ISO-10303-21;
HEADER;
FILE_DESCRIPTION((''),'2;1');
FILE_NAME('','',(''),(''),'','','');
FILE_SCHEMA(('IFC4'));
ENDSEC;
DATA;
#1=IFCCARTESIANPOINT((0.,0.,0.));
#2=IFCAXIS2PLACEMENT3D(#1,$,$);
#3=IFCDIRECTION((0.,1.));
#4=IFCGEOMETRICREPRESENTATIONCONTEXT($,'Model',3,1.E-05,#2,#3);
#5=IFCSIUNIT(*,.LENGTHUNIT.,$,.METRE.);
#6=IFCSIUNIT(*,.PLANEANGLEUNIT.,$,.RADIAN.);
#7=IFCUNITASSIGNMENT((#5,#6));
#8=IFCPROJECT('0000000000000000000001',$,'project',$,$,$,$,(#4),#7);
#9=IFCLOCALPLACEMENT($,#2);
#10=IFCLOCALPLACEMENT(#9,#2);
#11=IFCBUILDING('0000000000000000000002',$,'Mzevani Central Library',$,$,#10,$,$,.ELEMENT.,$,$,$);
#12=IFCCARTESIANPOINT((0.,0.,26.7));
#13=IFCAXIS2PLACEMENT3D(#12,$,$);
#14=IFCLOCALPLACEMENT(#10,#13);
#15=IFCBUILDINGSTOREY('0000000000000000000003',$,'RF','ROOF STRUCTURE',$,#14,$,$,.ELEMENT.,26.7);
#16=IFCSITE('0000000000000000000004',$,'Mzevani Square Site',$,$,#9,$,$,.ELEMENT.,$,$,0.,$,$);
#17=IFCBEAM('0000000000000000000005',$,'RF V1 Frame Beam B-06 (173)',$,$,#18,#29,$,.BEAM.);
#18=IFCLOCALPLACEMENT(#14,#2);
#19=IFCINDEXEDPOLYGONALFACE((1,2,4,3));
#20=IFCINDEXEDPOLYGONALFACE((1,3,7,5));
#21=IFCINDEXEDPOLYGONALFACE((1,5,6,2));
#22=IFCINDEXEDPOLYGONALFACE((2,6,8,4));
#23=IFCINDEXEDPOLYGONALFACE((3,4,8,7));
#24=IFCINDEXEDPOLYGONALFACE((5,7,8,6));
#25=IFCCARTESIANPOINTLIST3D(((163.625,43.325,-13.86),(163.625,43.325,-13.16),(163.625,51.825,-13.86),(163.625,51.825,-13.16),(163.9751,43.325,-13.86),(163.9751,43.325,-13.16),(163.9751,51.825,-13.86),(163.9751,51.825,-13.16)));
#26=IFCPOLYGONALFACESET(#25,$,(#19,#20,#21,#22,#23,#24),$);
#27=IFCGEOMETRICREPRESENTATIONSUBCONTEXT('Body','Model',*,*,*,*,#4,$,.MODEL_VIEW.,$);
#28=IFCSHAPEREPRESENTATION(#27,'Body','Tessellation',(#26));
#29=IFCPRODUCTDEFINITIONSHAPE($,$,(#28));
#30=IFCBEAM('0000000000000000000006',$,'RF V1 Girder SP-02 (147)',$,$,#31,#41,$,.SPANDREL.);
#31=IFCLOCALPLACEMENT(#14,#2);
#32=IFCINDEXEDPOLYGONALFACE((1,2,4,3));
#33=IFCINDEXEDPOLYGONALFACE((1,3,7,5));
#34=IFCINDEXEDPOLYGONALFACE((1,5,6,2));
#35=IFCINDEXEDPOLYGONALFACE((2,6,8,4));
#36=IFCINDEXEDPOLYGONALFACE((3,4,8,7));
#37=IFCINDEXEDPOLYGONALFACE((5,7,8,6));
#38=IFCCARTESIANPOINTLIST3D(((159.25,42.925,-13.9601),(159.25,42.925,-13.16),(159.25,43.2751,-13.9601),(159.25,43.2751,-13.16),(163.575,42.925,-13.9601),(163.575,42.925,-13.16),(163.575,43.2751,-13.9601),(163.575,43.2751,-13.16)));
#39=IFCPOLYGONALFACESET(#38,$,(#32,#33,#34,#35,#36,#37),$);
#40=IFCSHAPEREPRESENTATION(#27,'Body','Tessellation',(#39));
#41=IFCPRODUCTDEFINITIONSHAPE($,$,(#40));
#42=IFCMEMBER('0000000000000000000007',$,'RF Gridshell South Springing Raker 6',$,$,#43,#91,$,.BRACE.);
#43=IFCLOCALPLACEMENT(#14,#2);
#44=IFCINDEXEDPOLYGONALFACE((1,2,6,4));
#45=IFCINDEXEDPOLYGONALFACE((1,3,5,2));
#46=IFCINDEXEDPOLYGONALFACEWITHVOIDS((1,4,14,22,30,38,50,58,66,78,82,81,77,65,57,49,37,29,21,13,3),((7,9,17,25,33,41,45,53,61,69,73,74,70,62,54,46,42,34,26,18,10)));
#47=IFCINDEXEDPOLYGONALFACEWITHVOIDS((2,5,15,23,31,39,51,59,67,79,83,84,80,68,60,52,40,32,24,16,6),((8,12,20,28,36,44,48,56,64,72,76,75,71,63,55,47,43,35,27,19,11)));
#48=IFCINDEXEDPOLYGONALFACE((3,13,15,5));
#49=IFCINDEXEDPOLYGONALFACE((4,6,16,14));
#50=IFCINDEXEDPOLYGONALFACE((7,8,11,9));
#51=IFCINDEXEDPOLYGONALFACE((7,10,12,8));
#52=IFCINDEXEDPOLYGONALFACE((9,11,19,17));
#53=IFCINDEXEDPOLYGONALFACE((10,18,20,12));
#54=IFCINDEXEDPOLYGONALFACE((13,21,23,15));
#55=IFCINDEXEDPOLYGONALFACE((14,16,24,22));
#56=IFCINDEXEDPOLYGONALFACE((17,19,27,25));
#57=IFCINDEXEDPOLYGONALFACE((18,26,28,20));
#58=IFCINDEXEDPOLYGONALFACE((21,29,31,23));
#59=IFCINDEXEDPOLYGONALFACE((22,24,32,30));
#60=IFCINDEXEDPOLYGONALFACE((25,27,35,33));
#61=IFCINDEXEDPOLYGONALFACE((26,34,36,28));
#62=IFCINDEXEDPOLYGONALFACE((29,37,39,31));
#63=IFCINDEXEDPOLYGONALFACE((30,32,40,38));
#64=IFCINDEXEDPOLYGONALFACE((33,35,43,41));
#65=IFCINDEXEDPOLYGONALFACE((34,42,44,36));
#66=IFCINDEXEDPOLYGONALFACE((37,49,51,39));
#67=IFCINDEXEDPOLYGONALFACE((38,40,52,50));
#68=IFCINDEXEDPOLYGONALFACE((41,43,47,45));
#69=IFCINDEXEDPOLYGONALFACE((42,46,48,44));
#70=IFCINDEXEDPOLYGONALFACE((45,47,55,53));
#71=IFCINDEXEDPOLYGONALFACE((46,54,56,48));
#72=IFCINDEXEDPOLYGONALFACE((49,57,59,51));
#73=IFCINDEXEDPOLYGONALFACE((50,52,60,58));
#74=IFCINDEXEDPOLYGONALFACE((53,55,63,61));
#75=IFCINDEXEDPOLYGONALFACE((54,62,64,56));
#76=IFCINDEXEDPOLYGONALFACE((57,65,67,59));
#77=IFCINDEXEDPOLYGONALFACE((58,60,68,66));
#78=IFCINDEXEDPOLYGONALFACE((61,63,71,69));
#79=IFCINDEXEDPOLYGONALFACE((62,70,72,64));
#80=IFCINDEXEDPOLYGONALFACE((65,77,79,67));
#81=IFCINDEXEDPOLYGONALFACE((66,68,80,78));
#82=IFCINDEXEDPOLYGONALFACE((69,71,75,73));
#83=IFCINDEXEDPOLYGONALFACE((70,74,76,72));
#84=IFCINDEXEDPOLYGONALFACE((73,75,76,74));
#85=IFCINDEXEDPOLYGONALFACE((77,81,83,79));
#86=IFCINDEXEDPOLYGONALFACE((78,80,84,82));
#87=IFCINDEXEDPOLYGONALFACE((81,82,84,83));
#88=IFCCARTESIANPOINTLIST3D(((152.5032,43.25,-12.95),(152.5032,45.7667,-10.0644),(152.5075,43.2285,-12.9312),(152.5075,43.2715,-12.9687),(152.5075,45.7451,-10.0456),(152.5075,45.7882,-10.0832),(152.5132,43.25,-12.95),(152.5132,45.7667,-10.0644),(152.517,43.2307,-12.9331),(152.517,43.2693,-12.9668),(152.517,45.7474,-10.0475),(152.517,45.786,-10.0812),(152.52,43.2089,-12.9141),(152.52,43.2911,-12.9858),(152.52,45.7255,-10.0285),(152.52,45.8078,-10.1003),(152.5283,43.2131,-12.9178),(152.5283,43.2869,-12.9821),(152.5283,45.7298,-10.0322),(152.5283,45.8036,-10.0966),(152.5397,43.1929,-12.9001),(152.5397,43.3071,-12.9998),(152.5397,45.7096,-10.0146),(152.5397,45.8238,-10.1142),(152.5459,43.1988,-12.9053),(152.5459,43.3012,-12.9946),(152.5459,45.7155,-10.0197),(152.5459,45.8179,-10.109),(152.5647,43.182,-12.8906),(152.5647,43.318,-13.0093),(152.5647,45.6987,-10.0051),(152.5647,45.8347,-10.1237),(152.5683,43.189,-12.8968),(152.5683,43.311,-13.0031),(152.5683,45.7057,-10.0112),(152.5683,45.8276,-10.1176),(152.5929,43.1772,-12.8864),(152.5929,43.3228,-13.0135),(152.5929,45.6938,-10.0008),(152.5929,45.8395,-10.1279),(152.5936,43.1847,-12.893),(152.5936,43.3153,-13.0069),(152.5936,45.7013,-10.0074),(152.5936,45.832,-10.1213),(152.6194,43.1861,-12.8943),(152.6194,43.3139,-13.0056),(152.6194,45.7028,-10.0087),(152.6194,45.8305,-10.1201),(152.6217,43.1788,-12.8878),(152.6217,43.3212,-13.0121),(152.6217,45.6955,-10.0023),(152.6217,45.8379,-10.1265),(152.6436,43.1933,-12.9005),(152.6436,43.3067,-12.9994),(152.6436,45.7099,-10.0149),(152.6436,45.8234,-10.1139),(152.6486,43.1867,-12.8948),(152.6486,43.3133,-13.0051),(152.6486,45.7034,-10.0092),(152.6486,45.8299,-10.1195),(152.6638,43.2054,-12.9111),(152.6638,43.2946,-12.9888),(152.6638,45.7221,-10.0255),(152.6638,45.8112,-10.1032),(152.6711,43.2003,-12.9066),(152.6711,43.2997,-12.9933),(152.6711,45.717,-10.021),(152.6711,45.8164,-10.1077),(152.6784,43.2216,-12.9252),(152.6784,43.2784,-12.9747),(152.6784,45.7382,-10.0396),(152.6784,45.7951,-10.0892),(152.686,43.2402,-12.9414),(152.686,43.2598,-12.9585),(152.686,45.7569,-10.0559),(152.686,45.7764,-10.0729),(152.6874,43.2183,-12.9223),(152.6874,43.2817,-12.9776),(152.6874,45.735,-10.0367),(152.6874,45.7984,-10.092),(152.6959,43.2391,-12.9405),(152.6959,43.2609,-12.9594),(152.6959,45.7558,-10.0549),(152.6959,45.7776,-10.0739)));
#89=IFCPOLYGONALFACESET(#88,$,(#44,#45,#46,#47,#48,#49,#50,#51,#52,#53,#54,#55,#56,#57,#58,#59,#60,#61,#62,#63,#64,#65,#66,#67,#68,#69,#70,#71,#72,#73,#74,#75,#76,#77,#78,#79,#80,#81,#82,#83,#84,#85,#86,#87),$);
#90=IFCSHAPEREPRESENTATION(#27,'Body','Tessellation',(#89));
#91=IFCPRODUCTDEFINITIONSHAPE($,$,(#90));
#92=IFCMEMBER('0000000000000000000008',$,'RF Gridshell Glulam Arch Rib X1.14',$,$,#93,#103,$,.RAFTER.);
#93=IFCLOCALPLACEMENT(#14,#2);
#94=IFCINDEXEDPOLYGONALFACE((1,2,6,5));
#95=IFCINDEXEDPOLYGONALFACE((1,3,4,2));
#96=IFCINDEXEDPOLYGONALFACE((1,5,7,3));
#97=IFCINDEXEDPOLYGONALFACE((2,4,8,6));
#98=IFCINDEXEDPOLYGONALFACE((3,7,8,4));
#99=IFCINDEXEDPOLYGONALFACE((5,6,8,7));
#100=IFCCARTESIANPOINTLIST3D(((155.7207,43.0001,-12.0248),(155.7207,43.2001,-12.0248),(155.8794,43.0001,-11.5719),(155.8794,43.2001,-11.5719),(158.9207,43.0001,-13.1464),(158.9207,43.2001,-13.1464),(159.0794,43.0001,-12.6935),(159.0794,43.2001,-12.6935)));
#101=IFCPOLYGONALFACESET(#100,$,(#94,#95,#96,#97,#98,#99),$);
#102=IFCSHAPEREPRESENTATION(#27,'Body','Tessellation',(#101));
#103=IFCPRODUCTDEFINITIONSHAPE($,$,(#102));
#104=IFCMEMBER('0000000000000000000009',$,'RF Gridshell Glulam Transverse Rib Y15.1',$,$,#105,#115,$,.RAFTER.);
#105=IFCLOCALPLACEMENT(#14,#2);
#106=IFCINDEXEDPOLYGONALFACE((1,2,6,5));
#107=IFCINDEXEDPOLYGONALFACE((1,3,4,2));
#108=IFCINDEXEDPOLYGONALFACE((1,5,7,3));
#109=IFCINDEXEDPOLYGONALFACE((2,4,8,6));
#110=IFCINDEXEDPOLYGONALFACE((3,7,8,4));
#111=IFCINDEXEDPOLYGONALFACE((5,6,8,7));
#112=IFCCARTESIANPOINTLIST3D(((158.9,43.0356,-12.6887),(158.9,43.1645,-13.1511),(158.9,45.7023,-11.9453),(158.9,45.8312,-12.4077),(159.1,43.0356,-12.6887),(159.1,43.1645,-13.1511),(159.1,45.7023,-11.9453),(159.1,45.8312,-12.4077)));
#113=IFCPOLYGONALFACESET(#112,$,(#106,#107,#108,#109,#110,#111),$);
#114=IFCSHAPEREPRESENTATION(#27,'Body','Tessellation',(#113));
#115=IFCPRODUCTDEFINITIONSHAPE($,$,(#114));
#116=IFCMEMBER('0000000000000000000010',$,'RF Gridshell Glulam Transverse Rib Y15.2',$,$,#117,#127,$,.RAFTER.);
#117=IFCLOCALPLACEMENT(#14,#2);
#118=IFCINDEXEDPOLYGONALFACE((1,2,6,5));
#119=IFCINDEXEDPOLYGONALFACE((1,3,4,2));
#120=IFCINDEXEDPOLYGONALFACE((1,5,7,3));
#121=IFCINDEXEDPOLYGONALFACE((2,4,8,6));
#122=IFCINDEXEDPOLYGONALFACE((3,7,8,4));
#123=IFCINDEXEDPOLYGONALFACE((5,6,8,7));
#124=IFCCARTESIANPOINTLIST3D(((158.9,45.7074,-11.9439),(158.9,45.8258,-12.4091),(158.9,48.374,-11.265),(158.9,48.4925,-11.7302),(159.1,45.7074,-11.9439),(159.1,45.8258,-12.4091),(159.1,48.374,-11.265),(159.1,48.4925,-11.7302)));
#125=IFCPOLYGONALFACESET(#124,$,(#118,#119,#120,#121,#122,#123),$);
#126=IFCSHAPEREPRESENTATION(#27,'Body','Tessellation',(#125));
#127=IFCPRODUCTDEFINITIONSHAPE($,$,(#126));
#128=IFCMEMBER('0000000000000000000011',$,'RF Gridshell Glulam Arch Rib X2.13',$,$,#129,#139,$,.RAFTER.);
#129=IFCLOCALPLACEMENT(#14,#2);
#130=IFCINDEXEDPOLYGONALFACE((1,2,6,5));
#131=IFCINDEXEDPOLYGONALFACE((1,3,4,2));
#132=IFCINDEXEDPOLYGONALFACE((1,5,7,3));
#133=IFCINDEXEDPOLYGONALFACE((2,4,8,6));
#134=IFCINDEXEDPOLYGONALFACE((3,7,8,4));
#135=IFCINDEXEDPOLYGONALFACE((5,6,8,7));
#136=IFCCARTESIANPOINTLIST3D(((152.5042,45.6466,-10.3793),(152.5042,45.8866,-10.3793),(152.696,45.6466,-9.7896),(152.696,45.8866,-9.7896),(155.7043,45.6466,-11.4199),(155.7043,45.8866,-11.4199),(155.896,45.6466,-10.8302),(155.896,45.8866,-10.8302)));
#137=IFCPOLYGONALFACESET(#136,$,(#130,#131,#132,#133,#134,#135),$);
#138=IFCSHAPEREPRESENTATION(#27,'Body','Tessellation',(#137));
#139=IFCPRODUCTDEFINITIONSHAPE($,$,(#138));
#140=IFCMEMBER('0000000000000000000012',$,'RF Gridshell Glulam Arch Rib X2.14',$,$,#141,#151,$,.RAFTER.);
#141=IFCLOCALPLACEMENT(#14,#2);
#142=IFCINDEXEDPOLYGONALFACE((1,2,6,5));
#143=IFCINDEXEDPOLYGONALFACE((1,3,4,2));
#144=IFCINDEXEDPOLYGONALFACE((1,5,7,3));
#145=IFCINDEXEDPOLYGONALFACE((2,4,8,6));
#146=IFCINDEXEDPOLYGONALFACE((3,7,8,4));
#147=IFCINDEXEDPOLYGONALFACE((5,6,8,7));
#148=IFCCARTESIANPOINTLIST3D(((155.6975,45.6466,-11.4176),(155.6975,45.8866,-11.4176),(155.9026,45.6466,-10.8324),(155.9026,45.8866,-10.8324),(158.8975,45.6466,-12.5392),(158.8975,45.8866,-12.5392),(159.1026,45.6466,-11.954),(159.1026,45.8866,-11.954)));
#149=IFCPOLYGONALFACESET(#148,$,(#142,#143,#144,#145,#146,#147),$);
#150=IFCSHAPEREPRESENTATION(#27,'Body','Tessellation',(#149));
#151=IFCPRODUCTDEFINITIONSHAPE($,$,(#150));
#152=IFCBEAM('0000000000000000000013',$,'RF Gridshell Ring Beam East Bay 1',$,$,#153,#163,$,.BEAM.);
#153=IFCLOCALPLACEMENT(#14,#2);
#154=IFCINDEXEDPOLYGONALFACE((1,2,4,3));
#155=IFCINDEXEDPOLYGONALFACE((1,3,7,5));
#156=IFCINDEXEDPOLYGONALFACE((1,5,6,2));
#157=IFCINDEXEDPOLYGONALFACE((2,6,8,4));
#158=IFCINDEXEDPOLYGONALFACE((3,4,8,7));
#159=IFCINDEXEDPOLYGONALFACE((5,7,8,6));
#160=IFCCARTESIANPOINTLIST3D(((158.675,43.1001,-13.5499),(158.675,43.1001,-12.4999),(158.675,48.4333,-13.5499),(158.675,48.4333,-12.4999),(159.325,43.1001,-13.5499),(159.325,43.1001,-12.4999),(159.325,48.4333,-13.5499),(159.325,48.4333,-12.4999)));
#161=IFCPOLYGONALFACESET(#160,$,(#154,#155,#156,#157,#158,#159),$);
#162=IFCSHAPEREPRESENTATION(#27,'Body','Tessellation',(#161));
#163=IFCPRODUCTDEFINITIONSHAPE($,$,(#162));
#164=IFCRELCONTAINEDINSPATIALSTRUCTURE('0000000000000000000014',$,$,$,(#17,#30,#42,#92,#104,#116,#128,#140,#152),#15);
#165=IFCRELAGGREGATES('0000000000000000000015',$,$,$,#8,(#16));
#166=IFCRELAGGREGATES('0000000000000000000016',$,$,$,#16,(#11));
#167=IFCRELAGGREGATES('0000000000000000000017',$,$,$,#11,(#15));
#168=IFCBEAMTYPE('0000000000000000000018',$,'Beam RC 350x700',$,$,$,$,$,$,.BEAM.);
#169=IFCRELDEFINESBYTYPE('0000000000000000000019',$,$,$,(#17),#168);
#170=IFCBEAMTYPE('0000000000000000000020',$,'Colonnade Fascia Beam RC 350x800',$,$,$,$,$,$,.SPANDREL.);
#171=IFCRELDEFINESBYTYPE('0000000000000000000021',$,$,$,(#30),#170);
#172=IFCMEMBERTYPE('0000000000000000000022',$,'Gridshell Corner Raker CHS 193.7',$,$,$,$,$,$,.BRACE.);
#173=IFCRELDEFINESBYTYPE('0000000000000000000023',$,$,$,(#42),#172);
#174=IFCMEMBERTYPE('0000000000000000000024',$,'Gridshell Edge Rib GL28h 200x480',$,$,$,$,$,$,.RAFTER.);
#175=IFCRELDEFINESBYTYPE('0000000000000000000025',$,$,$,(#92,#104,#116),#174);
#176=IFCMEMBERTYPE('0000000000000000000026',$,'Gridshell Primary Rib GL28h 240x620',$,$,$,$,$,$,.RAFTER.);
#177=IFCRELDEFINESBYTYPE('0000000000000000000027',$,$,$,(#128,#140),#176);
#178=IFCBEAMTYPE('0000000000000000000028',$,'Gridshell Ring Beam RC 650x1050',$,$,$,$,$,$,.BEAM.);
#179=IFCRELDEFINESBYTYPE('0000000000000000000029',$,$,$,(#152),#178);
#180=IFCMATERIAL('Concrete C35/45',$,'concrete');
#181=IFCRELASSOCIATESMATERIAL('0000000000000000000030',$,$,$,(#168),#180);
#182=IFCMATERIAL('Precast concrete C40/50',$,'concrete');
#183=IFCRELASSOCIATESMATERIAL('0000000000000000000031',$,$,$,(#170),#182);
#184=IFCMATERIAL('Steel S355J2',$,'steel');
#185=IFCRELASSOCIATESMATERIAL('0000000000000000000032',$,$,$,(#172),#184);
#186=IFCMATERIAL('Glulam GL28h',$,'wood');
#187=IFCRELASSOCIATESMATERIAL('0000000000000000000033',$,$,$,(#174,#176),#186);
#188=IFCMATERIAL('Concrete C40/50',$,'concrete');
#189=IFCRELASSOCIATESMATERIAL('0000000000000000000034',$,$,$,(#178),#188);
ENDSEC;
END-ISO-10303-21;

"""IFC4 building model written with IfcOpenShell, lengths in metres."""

from ifc_helpers import new_model, si_unit, direction, frame, origin, origin_2d, place, context, subcontext, project, spatial, rectangle, hollow_circle, extrude, material, material_profile, profile_set, type_object, element, save


model = new_model("IFC4")

# Units and contexts
model_context = context("Model", 3, precision=1e-05, world=origin(), true_north=direction((0.0, 1.0)))
body_context = subcontext(model_context, "Body", "Model", "MODEL_VIEW")
ifc_project = project(units=[si_unit("LENGTHUNIT", "METRE"), si_unit("PLANEANGLEUNIT", "RADIAN")], contexts=[model_context])

# Site, building, storey
site_placement = place(None, origin())
site = spatial("IfcSite", under=ifc_project, at=site_placement, Name="Mzevani Square Site", CompositionType="ELEMENT", RefElevation=0.0)
building_placement = place(site_placement, origin())
building = spatial("IfcBuilding", under=site, at=building_placement, Name="Mzevani Central Library", CompositionType="ELEMENT")
storey_placement = place(building_placement, frame((0.0, 0.0, 26.7)))
storey = spatial("IfcBuildingStorey", under=building, at=storey_placement, Name="RF", Description="ROOF STRUCTURE", CompositionType="ELEMENT", Elevation=26.7)

# Beams
ifc_material_1 = material(Name="Concrete C35/45", Category="concrete")
ifc_material_profile_1 = material_profile(ifc_material_1, rectangle(XDim=0.3501, YDim=0.7, at=origin_2d()), Name="RC B350x700")
ifc_profile_set_1 = profile_set([ifc_material_profile_1], Name="Concrete C35/45")
beam_type_1 = type_object("IfcBeamType", Name="Beam RC 350x700", PredefinedType="BEAM", material=ifc_profile_set_1)
beam_1_placement = place(storey_placement, frame((163.8, 43.325, -13.51), z_axis=(0.0, 1.0, 0.0), x_axis=(-1.0, 0.0, 0.0)))
element("IfcBeam", 1, at=beam_1_placement, inside=storey, type_object=beam_type_1, Name="RF V1 Frame Beam B-06 (173)", PredefinedType="BEAM", context=body_context, shape_type="SweptSolid", body=[
    extrude(rectangle(XDim=0.3501, YDim=0.7, at=origin_2d()), origin(), (0.0, 0.0, 1.0), 8.5),
])
ifc_material_2 = material(Name="Precast concrete C40/50", Category="concrete")
ifc_material_profile_2 = material_profile(ifc_material_2, rectangle(XDim=0.3501, YDim=0.8, at=origin_2d()), Name="RC SP350x800")
ifc_profile_set_2 = profile_set([ifc_material_profile_2], Name="Precast concrete C40/50")
beam_type_2 = type_object("IfcBeamType", Name="Colonnade Fascia Beam RC 350x800", PredefinedType="SPANDREL", material=ifc_profile_set_2)
beam_2_placement = place(storey_placement, frame((159.25, 43.1001, -13.5601), z_axis=(1.0, 0.0, 0.0), x_axis=(0.0, 1.0, 0.0)))
element("IfcBeam", 2, at=beam_2_placement, inside=storey, type_object=beam_type_2, Name="RF V1 Girder SP-02 (147)", PredefinedType="SPANDREL", context=body_context, shape_type="SweptSolid", body=[
    extrude(rectangle(XDim=0.3501, YDim=0.8, at=origin_2d()), origin(), (0.0, 0.0, 1.0), 4.325),
])

# Members
ifc_material_3 = material(Name="Steel S355J2", Category="steel")
ifc_material_profile_3 = material_profile(ifc_material_3, hollow_circle(Radius=0.0969, WallThickness=0.01, at=origin_2d()), Name="CHS 193.7x10.0")
ifc_profile_set_3 = profile_set([ifc_material_profile_3], Name="Steel S355J2")
member_type_1 = type_object("IfcMemberType", Name="Gridshell Corner Raker CHS 193.7", PredefinedType="BRACE", material=ifc_profile_set_3)
member_1_placement = place(storey_placement, frame((152.6001, 43.25, -12.95), z_axis=(0.0, 0.657289, 0.753638), x_axis=(-1.0, 0.0, 0.0)))
element("IfcMember", 3, at=member_1_placement, inside=storey, type_object=member_type_1, Name="RF Gridshell South Springing Raker 6", PredefinedType="BRACE", context=body_context, shape_type="SweptSolid", body=[
    extrude(hollow_circle(Radius=0.0969, WallThickness=0.01, at=origin_2d()), origin(), (0.0, 0.0, 1.0), 3.8289),
])
ifc_material_4 = material(Name="Glulam GL28h", Category="wood")
ifc_material_profile_4 = material_profile(ifc_material_4, rectangle(XDim=0.2, YDim=0.48, at=origin_2d()), Name="GL28h 200x480")
ifc_profile_set_4 = profile_set([ifc_material_profile_4], Name="Glulam GL28h")
member_type_2 = type_object("IfcMemberType", Name="Gridshell Edge Rib GL28h 200x480", PredefinedType="RAFTER", material=ifc_profile_set_4)
member_2_placement = place(storey_placement, frame((155.8, 43.1001, -11.7983), z_axis=(0.943711, 0.0, -0.330771), x_axis=(0.0, 1.0, 0.0)))
element("IfcMember", 4, at=member_2_placement, inside=storey, type_object=member_type_2, Name="RF Gridshell Glulam Arch Rib X1.14", PredefinedType="RAFTER", context=body_context, shape_type="SweptSolid", body=[
    extrude(rectangle(XDim=0.2, YDim=0.48, at=origin_2d()), origin(), (0.0, 0.0, 1.0), 3.3909),
])
member_3_placement = place(storey_placement, frame((159.0, 43.1001, -12.9199), z_axis=(0.0, 0.963265, 0.268553), x_axis=(-1.0, 0.0, 0.0)))
element("IfcMember", 5, at=member_3_placement, inside=storey, type_object=member_type_2, Name="RF Gridshell Glulam Transverse Rib Y15.1", PredefinedType="RAFTER", context=body_context, shape_type="SweptSolid", body=[
    extrude(rectangle(XDim=0.2, YDim=0.48, at=origin_2d()), origin(), (0.0, 0.0, 1.0), 2.7683),
])
member_4_placement = place(storey_placement, frame((159.0, 45.7666, -12.1765), z_axis=(0.0, 0.969084, 0.246729), x_axis=(-1.0, 0.0, 0.0)))
element("IfcMember", 6, at=member_4_placement, inside=storey, type_object=member_type_2, Name="RF Gridshell Glulam Transverse Rib Y15.2", PredefinedType="RAFTER", context=body_context, shape_type="SweptSolid", body=[
    extrude(rectangle(XDim=0.2, YDim=0.48, at=origin_2d()), origin(), (0.0, 0.0, 1.0), 2.7517),
])
ifc_material_profile_5 = material_profile(ifc_material_4, rectangle(XDim=0.24, YDim=0.6201, at=origin_2d()), Name="GL28h 240x620")
ifc_profile_set_5 = profile_set([ifc_material_profile_5], Name="Glulam GL28h")
member_type_3 = type_object("IfcMemberType", Name="Gridshell Primary Rib GL28h 240x620", PredefinedType="RAFTER", material=ifc_profile_set_5)
member_5_placement = place(storey_placement, frame((152.6001, 45.7666, -10.0845), z_axis=(0.950987, 0.0, -0.309232), x_axis=(0.0, 1.0, 0.0)))
element("IfcMember", 7, at=member_5_placement, inside=storey, type_object=member_type_3, Name="RF Gridshell Glulam Arch Rib X2.13", PredefinedType="RAFTER", context=body_context, shape_type="SweptSolid", body=[
    extrude(rectangle(XDim=0.24, YDim=0.6201, at=origin_2d()), origin(), (0.0, 0.0, 1.0), 3.365),
])
member_6_placement = place(storey_placement, frame((155.8, 45.7666, -11.125), z_axis=(0.943711, 0.0, -0.330771), x_axis=(0.0, 1.0, 0.0)))
element("IfcMember", 8, at=member_6_placement, inside=storey, type_object=member_type_3, Name="RF Gridshell Glulam Arch Rib X2.14", PredefinedType="RAFTER", context=body_context, shape_type="SweptSolid", body=[
    extrude(rectangle(XDim=0.24, YDim=0.6201, at=origin_2d()), origin(), (0.0, 0.0, 1.0), 3.3909),
])

# Beam
ifc_material_5 = material(Name="Concrete C40/50", Category="concrete")
ifc_material_profile_6 = material_profile(ifc_material_5, rectangle(XDim=0.6499, YDim=1.05, at=origin_2d()), Name="RC RB650x1050")
ifc_profile_set_6 = profile_set([ifc_material_profile_6], Name="Concrete C40/50")
beam_type_3 = type_object("IfcBeamType", Name="Gridshell Ring Beam RC 650x1050", PredefinedType="BEAM", material=ifc_profile_set_6)
beam_3_placement = place(storey_placement, frame((159.0, 43.1001, -13.0249), z_axis=(0.0, 1.0, 0.0), x_axis=(-1.0, 0.0, 0.0)))
element("IfcBeam", 9, at=beam_3_placement, inside=storey, type_object=beam_type_3, Name="RF Gridshell Ring Beam East Bay 1", PredefinedType="BEAM", context=body_context, shape_type="SweptSolid", body=[
    extrude(rectangle(XDim=0.6499, YDim=1.05, at=origin_2d()), origin(), (0.0, 0.0, 1.0), 5.3333),
])

save(model, "model.ifc")
